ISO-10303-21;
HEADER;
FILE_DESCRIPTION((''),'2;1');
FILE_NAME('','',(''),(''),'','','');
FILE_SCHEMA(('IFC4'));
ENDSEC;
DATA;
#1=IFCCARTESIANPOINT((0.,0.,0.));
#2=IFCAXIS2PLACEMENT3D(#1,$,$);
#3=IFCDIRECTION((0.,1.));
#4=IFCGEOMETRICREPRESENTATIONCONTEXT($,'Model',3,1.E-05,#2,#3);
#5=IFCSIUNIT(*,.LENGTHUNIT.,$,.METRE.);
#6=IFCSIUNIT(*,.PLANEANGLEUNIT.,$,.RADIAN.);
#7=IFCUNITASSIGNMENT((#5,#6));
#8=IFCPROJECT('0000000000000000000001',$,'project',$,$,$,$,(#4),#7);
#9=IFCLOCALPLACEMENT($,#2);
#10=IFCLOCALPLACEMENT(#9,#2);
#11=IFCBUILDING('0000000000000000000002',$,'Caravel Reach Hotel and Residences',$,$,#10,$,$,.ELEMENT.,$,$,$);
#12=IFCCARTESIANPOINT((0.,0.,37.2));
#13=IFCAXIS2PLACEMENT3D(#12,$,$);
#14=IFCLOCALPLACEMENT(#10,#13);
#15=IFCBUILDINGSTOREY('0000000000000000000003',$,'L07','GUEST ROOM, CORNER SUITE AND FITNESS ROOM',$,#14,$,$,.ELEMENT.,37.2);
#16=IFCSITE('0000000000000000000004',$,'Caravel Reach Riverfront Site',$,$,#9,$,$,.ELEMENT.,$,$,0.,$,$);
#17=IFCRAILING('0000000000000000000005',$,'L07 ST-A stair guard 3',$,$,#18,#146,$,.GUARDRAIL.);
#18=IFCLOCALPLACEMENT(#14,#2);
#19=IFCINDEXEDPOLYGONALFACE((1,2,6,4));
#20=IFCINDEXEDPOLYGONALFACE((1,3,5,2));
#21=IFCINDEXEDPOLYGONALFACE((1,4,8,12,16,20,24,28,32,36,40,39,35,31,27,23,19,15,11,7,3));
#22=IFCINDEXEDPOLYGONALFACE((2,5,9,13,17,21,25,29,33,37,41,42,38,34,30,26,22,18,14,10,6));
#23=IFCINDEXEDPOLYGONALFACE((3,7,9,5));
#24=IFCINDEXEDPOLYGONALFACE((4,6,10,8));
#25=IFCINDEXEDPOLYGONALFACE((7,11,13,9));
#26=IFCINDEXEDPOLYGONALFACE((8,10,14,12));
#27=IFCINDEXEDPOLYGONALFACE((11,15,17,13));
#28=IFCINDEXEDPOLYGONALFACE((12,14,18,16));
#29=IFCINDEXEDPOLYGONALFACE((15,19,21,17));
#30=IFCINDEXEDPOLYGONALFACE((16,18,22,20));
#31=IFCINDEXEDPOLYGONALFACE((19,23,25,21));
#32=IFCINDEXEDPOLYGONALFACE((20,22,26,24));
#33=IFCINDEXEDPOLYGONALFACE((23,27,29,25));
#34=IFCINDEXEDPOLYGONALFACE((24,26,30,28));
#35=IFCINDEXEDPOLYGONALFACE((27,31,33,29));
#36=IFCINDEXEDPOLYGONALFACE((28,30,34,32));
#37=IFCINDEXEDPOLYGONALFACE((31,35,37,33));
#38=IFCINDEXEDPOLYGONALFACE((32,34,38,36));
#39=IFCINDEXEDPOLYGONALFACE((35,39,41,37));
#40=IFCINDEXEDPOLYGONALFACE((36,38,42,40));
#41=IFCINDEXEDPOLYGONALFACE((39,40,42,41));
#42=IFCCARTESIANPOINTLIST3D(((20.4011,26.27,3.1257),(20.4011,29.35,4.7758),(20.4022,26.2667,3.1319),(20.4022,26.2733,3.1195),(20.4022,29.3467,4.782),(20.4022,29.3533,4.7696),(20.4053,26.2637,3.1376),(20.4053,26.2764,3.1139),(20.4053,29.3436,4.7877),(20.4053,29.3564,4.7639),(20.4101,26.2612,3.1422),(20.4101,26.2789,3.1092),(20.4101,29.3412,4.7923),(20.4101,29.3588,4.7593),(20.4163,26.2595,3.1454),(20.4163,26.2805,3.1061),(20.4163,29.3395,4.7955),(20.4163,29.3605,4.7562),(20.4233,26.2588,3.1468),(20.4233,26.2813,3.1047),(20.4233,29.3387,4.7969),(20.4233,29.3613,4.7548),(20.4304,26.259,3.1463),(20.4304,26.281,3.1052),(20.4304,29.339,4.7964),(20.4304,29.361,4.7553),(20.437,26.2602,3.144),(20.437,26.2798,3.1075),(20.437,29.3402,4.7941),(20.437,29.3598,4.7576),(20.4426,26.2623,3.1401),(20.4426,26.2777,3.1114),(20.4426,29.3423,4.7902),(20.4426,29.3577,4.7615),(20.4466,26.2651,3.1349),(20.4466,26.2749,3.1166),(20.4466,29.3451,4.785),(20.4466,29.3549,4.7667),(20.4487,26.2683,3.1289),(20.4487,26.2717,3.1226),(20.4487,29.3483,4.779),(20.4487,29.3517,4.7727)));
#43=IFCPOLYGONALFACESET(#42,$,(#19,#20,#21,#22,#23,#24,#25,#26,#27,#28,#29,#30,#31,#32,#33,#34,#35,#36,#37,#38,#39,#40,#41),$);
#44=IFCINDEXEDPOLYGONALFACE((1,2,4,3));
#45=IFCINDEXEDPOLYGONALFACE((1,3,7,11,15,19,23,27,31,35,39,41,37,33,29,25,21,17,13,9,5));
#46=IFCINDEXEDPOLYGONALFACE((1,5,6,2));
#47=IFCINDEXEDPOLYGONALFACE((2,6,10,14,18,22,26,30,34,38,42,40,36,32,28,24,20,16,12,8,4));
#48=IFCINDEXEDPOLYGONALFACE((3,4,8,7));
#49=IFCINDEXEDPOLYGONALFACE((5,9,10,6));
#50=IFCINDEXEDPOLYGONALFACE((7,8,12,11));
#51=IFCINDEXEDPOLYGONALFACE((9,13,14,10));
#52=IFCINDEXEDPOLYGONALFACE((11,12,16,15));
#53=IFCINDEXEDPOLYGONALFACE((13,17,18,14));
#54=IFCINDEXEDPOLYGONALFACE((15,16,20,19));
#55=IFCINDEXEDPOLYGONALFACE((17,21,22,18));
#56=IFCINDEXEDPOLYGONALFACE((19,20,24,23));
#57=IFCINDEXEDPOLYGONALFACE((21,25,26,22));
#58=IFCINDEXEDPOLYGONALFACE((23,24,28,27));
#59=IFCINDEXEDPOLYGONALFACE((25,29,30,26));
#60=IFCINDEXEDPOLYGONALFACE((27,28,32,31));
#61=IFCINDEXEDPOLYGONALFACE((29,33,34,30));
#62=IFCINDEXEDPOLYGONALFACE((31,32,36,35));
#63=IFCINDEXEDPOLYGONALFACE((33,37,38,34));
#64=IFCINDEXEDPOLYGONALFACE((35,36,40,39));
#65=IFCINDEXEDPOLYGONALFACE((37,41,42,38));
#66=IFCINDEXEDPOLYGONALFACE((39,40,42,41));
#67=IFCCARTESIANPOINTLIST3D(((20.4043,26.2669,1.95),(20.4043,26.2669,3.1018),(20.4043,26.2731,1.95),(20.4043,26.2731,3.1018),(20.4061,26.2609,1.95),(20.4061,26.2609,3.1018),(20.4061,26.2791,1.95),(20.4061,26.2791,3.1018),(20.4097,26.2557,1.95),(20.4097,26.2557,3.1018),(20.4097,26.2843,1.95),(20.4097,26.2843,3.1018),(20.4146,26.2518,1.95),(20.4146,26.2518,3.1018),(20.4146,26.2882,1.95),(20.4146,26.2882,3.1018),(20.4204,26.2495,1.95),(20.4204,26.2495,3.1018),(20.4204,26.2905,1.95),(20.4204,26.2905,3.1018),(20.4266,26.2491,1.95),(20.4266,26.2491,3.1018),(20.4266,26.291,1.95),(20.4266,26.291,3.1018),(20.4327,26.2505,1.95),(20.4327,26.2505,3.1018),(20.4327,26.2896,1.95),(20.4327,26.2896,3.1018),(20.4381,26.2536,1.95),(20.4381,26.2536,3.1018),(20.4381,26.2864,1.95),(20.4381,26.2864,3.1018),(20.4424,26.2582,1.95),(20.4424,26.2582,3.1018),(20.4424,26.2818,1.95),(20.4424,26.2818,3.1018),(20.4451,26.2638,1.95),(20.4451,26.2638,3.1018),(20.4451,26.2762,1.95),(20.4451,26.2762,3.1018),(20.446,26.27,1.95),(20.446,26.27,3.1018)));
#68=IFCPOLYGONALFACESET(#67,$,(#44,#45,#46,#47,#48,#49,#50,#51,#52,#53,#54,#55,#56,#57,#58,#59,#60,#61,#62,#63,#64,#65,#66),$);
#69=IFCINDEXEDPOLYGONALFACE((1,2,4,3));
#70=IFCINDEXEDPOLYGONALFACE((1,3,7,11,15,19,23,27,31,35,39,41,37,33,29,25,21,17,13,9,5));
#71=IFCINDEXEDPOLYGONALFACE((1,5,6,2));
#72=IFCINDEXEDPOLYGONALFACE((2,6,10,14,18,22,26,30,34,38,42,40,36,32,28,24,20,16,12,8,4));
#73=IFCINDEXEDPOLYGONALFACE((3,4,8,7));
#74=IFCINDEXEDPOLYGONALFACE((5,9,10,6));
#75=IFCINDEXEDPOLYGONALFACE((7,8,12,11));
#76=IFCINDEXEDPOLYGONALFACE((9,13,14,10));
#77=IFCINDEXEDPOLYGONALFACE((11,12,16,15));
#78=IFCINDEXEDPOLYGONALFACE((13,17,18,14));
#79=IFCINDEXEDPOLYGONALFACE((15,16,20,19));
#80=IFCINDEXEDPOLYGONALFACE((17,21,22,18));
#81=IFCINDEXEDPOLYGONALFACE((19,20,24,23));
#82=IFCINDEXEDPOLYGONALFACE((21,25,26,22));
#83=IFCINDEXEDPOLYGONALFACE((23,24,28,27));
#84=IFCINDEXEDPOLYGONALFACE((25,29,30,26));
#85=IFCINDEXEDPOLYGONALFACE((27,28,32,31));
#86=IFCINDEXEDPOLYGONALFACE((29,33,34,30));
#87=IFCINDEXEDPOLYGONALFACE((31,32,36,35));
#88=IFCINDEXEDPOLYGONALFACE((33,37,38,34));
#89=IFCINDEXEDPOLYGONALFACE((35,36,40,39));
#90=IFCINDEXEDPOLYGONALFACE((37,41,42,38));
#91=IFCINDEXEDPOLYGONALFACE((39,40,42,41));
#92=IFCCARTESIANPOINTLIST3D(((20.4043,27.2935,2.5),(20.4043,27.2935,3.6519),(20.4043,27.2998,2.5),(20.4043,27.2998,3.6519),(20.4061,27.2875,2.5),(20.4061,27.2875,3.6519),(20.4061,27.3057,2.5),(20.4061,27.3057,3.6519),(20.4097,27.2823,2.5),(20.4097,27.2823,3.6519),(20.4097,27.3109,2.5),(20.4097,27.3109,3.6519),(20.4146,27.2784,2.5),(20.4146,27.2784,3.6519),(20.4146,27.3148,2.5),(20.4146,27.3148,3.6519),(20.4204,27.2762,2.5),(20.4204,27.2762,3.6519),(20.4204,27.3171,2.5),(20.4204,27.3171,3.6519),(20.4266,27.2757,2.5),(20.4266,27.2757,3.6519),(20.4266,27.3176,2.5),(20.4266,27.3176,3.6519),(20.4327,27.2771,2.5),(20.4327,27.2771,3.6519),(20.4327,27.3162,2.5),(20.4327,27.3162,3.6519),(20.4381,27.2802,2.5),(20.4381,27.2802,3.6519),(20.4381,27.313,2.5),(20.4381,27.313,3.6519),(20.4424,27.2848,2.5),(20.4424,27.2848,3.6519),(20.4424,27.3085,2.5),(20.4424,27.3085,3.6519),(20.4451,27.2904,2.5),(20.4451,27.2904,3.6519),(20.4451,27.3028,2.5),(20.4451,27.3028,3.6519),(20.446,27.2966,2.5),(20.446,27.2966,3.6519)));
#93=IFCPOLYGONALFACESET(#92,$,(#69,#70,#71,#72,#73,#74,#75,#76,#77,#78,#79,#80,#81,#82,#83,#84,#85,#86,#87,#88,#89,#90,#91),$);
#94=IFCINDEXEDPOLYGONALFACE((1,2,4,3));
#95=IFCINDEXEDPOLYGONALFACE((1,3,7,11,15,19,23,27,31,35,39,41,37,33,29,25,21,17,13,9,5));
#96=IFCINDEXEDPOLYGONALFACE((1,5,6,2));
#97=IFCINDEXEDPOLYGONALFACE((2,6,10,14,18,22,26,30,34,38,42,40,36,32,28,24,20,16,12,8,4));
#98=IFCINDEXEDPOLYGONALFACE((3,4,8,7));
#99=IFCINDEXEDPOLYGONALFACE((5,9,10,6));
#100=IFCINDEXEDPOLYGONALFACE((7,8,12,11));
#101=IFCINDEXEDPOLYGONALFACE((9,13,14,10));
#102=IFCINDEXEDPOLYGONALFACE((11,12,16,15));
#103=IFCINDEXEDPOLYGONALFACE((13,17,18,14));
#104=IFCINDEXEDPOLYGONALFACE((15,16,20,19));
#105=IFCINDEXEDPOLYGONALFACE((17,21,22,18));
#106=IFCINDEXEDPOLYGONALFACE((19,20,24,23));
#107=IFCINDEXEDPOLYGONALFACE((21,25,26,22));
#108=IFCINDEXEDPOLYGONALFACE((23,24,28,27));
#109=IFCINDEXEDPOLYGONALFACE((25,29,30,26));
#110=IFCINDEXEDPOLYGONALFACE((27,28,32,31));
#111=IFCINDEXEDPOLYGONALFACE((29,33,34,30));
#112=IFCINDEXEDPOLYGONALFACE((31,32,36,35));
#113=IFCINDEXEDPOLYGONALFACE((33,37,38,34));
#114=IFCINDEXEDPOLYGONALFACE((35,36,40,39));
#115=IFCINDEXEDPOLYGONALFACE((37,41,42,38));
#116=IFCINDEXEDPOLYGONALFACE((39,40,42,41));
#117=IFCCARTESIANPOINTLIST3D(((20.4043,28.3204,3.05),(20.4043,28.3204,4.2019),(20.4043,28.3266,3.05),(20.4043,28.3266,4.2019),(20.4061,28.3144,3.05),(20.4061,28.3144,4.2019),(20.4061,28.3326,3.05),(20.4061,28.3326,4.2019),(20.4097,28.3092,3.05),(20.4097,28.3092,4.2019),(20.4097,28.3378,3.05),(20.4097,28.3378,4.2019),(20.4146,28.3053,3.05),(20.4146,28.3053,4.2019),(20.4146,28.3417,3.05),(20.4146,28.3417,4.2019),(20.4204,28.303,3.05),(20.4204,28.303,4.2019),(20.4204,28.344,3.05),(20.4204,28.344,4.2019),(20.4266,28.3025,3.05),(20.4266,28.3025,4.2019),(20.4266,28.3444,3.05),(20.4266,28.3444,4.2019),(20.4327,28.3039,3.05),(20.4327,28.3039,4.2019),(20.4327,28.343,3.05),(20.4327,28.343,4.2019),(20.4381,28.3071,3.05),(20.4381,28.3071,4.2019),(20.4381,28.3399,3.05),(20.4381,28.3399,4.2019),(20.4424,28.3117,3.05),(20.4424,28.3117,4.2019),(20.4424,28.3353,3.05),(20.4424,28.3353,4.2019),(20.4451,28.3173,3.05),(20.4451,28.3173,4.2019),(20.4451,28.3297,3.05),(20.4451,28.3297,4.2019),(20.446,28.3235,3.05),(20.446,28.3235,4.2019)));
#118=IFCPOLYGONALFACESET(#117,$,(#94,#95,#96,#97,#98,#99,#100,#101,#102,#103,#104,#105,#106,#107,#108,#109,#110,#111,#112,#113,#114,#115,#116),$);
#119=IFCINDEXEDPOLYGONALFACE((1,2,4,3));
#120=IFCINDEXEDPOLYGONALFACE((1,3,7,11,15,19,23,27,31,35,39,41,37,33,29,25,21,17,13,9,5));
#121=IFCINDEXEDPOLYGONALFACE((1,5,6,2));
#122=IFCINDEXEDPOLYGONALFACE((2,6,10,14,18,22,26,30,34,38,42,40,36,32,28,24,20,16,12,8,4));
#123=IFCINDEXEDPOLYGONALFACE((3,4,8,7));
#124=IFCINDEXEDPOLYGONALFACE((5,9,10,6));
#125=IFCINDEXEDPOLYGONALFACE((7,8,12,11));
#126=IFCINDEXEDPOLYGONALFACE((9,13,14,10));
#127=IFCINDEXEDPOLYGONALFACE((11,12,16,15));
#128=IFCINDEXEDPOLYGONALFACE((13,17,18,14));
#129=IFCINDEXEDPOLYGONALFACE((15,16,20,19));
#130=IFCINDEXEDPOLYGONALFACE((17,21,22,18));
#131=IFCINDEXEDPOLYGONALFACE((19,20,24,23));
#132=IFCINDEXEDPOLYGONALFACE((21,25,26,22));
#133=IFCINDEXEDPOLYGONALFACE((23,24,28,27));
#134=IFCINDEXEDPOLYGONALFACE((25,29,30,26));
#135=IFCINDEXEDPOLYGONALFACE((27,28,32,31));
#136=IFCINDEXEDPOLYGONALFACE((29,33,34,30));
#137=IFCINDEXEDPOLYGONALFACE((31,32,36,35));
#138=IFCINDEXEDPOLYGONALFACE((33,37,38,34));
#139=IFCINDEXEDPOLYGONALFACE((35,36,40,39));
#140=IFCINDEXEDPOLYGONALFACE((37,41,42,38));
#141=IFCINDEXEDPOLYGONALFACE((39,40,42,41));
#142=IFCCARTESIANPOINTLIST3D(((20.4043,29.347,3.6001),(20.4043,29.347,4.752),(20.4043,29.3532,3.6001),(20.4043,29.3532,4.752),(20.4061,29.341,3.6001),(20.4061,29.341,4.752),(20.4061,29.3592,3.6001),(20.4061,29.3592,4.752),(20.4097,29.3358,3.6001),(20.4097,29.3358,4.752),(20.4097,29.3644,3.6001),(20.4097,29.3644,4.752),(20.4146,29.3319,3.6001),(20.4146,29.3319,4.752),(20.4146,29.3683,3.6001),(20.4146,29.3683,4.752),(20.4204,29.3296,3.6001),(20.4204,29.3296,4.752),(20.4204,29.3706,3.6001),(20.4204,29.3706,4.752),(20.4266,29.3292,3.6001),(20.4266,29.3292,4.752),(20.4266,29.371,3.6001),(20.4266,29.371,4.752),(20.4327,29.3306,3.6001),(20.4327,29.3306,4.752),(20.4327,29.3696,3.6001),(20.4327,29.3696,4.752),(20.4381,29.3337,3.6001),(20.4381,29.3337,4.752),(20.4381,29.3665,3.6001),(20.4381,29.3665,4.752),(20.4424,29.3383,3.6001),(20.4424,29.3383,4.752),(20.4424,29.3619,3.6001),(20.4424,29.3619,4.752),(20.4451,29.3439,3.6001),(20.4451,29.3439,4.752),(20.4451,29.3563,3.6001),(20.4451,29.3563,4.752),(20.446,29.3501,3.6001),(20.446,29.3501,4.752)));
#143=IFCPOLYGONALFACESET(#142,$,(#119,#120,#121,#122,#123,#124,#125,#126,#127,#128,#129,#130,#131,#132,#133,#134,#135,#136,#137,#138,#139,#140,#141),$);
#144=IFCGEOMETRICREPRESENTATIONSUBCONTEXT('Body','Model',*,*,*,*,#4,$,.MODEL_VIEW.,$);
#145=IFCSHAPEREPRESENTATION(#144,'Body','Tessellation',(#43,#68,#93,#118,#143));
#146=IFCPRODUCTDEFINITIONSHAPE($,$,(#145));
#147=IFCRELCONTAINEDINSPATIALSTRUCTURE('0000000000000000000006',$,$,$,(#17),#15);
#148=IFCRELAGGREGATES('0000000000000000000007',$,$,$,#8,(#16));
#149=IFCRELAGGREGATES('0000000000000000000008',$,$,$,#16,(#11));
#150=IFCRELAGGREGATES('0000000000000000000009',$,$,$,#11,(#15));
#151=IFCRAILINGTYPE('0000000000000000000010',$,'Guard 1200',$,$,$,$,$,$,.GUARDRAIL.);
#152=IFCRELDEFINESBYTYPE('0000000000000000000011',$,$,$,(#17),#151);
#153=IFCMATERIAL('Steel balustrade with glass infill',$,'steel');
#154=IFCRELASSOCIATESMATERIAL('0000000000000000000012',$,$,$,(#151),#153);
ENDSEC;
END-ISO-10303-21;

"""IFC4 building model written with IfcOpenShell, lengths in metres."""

from ifc_helpers import new_model, si_unit, direction, frame, origin, origin_2d, place, context, subcontext, project, spatial, circle, extrude, material, type_object, element, save


model = new_model("IFC4")

# Units and contexts
model_context = context("Model", 3, precision=1e-05, world=origin(), true_north=direction((0.0, 1.0)))
body_context = subcontext(model_context, "Body", "Model", "MODEL_VIEW")
ifc_project = project(units=[si_unit("LENGTHUNIT", "METRE"), si_unit("PLANEANGLEUNIT", "RADIAN")], contexts=[model_context])

# Site, building, storey
site_placement = place(None, origin())
site = spatial("IfcSite", under=ifc_project, at=site_placement, Name="Caravel Reach Riverfront Site", CompositionType="ELEMENT", RefElevation=0.0)
building_placement = place(site_placement, origin())
building = spatial("IfcBuilding", under=site, at=building_placement, Name="Caravel Reach Hotel and Residences", CompositionType="ELEMENT")
storey_placement = place(building_placement, frame((0.0, 0.0, 37.2)))
storey = spatial("IfcBuildingStorey", under=building, at=storey_placement, Name="L07", Description="GUEST ROOM, CORNER SUITE AND FITNESS ROOM", CompositionType="ELEMENT", Elevation=37.2)

# Railing
ifc_material_1 = material(Name="Steel balustrade with glass infill", Category="steel")
railing_type_1 = type_object("IfcRailingType", Name="Guard 1200", PredefinedType="GUARDRAIL", material=ifc_material_1)
railing_1_placement = place(storey_placement, frame((20.425, 26.27, 1.95)))
element("IfcRailing", 1, at=railing_1_placement, inside=storey, type_object=railing_type_1, Name="L07 ST-A stair guard 3", PredefinedType="GUARDRAIL", context=body_context, shape_type="SweptSolid", body=[
    extrude(circle(Radius=0.0239, at=origin_2d()), frame((0.0, 0.0, 1.1758), z_axis=(0.0, 0.881468, 0.472245), x_axis=(-1.0, 0.0, 0.0)), (0.0, 0.0, 1.0), 3.4941),
    extrude(circle(Radius=0.021, at=origin_2d()), origin(), (0.0, 0.0, 1.0), 1.1519),
    extrude(circle(Radius=0.021, at=origin_2d()), frame((0.0, 1.0266, 0.55)), (0.0, 0.0, 1.0), 1.1519),
    extrude(circle(Radius=0.021, at=origin_2d()), frame((0.0, 2.0535, 1.1001)), (0.0, 0.0, 1.0), 1.1519),
    extrude(circle(Radius=0.021, at=origin_2d()), frame((0.0, 3.0801, 1.6501)), (0.0, 0.0, 1.0), 1.1519),
])

save(model, "model.ifc")
